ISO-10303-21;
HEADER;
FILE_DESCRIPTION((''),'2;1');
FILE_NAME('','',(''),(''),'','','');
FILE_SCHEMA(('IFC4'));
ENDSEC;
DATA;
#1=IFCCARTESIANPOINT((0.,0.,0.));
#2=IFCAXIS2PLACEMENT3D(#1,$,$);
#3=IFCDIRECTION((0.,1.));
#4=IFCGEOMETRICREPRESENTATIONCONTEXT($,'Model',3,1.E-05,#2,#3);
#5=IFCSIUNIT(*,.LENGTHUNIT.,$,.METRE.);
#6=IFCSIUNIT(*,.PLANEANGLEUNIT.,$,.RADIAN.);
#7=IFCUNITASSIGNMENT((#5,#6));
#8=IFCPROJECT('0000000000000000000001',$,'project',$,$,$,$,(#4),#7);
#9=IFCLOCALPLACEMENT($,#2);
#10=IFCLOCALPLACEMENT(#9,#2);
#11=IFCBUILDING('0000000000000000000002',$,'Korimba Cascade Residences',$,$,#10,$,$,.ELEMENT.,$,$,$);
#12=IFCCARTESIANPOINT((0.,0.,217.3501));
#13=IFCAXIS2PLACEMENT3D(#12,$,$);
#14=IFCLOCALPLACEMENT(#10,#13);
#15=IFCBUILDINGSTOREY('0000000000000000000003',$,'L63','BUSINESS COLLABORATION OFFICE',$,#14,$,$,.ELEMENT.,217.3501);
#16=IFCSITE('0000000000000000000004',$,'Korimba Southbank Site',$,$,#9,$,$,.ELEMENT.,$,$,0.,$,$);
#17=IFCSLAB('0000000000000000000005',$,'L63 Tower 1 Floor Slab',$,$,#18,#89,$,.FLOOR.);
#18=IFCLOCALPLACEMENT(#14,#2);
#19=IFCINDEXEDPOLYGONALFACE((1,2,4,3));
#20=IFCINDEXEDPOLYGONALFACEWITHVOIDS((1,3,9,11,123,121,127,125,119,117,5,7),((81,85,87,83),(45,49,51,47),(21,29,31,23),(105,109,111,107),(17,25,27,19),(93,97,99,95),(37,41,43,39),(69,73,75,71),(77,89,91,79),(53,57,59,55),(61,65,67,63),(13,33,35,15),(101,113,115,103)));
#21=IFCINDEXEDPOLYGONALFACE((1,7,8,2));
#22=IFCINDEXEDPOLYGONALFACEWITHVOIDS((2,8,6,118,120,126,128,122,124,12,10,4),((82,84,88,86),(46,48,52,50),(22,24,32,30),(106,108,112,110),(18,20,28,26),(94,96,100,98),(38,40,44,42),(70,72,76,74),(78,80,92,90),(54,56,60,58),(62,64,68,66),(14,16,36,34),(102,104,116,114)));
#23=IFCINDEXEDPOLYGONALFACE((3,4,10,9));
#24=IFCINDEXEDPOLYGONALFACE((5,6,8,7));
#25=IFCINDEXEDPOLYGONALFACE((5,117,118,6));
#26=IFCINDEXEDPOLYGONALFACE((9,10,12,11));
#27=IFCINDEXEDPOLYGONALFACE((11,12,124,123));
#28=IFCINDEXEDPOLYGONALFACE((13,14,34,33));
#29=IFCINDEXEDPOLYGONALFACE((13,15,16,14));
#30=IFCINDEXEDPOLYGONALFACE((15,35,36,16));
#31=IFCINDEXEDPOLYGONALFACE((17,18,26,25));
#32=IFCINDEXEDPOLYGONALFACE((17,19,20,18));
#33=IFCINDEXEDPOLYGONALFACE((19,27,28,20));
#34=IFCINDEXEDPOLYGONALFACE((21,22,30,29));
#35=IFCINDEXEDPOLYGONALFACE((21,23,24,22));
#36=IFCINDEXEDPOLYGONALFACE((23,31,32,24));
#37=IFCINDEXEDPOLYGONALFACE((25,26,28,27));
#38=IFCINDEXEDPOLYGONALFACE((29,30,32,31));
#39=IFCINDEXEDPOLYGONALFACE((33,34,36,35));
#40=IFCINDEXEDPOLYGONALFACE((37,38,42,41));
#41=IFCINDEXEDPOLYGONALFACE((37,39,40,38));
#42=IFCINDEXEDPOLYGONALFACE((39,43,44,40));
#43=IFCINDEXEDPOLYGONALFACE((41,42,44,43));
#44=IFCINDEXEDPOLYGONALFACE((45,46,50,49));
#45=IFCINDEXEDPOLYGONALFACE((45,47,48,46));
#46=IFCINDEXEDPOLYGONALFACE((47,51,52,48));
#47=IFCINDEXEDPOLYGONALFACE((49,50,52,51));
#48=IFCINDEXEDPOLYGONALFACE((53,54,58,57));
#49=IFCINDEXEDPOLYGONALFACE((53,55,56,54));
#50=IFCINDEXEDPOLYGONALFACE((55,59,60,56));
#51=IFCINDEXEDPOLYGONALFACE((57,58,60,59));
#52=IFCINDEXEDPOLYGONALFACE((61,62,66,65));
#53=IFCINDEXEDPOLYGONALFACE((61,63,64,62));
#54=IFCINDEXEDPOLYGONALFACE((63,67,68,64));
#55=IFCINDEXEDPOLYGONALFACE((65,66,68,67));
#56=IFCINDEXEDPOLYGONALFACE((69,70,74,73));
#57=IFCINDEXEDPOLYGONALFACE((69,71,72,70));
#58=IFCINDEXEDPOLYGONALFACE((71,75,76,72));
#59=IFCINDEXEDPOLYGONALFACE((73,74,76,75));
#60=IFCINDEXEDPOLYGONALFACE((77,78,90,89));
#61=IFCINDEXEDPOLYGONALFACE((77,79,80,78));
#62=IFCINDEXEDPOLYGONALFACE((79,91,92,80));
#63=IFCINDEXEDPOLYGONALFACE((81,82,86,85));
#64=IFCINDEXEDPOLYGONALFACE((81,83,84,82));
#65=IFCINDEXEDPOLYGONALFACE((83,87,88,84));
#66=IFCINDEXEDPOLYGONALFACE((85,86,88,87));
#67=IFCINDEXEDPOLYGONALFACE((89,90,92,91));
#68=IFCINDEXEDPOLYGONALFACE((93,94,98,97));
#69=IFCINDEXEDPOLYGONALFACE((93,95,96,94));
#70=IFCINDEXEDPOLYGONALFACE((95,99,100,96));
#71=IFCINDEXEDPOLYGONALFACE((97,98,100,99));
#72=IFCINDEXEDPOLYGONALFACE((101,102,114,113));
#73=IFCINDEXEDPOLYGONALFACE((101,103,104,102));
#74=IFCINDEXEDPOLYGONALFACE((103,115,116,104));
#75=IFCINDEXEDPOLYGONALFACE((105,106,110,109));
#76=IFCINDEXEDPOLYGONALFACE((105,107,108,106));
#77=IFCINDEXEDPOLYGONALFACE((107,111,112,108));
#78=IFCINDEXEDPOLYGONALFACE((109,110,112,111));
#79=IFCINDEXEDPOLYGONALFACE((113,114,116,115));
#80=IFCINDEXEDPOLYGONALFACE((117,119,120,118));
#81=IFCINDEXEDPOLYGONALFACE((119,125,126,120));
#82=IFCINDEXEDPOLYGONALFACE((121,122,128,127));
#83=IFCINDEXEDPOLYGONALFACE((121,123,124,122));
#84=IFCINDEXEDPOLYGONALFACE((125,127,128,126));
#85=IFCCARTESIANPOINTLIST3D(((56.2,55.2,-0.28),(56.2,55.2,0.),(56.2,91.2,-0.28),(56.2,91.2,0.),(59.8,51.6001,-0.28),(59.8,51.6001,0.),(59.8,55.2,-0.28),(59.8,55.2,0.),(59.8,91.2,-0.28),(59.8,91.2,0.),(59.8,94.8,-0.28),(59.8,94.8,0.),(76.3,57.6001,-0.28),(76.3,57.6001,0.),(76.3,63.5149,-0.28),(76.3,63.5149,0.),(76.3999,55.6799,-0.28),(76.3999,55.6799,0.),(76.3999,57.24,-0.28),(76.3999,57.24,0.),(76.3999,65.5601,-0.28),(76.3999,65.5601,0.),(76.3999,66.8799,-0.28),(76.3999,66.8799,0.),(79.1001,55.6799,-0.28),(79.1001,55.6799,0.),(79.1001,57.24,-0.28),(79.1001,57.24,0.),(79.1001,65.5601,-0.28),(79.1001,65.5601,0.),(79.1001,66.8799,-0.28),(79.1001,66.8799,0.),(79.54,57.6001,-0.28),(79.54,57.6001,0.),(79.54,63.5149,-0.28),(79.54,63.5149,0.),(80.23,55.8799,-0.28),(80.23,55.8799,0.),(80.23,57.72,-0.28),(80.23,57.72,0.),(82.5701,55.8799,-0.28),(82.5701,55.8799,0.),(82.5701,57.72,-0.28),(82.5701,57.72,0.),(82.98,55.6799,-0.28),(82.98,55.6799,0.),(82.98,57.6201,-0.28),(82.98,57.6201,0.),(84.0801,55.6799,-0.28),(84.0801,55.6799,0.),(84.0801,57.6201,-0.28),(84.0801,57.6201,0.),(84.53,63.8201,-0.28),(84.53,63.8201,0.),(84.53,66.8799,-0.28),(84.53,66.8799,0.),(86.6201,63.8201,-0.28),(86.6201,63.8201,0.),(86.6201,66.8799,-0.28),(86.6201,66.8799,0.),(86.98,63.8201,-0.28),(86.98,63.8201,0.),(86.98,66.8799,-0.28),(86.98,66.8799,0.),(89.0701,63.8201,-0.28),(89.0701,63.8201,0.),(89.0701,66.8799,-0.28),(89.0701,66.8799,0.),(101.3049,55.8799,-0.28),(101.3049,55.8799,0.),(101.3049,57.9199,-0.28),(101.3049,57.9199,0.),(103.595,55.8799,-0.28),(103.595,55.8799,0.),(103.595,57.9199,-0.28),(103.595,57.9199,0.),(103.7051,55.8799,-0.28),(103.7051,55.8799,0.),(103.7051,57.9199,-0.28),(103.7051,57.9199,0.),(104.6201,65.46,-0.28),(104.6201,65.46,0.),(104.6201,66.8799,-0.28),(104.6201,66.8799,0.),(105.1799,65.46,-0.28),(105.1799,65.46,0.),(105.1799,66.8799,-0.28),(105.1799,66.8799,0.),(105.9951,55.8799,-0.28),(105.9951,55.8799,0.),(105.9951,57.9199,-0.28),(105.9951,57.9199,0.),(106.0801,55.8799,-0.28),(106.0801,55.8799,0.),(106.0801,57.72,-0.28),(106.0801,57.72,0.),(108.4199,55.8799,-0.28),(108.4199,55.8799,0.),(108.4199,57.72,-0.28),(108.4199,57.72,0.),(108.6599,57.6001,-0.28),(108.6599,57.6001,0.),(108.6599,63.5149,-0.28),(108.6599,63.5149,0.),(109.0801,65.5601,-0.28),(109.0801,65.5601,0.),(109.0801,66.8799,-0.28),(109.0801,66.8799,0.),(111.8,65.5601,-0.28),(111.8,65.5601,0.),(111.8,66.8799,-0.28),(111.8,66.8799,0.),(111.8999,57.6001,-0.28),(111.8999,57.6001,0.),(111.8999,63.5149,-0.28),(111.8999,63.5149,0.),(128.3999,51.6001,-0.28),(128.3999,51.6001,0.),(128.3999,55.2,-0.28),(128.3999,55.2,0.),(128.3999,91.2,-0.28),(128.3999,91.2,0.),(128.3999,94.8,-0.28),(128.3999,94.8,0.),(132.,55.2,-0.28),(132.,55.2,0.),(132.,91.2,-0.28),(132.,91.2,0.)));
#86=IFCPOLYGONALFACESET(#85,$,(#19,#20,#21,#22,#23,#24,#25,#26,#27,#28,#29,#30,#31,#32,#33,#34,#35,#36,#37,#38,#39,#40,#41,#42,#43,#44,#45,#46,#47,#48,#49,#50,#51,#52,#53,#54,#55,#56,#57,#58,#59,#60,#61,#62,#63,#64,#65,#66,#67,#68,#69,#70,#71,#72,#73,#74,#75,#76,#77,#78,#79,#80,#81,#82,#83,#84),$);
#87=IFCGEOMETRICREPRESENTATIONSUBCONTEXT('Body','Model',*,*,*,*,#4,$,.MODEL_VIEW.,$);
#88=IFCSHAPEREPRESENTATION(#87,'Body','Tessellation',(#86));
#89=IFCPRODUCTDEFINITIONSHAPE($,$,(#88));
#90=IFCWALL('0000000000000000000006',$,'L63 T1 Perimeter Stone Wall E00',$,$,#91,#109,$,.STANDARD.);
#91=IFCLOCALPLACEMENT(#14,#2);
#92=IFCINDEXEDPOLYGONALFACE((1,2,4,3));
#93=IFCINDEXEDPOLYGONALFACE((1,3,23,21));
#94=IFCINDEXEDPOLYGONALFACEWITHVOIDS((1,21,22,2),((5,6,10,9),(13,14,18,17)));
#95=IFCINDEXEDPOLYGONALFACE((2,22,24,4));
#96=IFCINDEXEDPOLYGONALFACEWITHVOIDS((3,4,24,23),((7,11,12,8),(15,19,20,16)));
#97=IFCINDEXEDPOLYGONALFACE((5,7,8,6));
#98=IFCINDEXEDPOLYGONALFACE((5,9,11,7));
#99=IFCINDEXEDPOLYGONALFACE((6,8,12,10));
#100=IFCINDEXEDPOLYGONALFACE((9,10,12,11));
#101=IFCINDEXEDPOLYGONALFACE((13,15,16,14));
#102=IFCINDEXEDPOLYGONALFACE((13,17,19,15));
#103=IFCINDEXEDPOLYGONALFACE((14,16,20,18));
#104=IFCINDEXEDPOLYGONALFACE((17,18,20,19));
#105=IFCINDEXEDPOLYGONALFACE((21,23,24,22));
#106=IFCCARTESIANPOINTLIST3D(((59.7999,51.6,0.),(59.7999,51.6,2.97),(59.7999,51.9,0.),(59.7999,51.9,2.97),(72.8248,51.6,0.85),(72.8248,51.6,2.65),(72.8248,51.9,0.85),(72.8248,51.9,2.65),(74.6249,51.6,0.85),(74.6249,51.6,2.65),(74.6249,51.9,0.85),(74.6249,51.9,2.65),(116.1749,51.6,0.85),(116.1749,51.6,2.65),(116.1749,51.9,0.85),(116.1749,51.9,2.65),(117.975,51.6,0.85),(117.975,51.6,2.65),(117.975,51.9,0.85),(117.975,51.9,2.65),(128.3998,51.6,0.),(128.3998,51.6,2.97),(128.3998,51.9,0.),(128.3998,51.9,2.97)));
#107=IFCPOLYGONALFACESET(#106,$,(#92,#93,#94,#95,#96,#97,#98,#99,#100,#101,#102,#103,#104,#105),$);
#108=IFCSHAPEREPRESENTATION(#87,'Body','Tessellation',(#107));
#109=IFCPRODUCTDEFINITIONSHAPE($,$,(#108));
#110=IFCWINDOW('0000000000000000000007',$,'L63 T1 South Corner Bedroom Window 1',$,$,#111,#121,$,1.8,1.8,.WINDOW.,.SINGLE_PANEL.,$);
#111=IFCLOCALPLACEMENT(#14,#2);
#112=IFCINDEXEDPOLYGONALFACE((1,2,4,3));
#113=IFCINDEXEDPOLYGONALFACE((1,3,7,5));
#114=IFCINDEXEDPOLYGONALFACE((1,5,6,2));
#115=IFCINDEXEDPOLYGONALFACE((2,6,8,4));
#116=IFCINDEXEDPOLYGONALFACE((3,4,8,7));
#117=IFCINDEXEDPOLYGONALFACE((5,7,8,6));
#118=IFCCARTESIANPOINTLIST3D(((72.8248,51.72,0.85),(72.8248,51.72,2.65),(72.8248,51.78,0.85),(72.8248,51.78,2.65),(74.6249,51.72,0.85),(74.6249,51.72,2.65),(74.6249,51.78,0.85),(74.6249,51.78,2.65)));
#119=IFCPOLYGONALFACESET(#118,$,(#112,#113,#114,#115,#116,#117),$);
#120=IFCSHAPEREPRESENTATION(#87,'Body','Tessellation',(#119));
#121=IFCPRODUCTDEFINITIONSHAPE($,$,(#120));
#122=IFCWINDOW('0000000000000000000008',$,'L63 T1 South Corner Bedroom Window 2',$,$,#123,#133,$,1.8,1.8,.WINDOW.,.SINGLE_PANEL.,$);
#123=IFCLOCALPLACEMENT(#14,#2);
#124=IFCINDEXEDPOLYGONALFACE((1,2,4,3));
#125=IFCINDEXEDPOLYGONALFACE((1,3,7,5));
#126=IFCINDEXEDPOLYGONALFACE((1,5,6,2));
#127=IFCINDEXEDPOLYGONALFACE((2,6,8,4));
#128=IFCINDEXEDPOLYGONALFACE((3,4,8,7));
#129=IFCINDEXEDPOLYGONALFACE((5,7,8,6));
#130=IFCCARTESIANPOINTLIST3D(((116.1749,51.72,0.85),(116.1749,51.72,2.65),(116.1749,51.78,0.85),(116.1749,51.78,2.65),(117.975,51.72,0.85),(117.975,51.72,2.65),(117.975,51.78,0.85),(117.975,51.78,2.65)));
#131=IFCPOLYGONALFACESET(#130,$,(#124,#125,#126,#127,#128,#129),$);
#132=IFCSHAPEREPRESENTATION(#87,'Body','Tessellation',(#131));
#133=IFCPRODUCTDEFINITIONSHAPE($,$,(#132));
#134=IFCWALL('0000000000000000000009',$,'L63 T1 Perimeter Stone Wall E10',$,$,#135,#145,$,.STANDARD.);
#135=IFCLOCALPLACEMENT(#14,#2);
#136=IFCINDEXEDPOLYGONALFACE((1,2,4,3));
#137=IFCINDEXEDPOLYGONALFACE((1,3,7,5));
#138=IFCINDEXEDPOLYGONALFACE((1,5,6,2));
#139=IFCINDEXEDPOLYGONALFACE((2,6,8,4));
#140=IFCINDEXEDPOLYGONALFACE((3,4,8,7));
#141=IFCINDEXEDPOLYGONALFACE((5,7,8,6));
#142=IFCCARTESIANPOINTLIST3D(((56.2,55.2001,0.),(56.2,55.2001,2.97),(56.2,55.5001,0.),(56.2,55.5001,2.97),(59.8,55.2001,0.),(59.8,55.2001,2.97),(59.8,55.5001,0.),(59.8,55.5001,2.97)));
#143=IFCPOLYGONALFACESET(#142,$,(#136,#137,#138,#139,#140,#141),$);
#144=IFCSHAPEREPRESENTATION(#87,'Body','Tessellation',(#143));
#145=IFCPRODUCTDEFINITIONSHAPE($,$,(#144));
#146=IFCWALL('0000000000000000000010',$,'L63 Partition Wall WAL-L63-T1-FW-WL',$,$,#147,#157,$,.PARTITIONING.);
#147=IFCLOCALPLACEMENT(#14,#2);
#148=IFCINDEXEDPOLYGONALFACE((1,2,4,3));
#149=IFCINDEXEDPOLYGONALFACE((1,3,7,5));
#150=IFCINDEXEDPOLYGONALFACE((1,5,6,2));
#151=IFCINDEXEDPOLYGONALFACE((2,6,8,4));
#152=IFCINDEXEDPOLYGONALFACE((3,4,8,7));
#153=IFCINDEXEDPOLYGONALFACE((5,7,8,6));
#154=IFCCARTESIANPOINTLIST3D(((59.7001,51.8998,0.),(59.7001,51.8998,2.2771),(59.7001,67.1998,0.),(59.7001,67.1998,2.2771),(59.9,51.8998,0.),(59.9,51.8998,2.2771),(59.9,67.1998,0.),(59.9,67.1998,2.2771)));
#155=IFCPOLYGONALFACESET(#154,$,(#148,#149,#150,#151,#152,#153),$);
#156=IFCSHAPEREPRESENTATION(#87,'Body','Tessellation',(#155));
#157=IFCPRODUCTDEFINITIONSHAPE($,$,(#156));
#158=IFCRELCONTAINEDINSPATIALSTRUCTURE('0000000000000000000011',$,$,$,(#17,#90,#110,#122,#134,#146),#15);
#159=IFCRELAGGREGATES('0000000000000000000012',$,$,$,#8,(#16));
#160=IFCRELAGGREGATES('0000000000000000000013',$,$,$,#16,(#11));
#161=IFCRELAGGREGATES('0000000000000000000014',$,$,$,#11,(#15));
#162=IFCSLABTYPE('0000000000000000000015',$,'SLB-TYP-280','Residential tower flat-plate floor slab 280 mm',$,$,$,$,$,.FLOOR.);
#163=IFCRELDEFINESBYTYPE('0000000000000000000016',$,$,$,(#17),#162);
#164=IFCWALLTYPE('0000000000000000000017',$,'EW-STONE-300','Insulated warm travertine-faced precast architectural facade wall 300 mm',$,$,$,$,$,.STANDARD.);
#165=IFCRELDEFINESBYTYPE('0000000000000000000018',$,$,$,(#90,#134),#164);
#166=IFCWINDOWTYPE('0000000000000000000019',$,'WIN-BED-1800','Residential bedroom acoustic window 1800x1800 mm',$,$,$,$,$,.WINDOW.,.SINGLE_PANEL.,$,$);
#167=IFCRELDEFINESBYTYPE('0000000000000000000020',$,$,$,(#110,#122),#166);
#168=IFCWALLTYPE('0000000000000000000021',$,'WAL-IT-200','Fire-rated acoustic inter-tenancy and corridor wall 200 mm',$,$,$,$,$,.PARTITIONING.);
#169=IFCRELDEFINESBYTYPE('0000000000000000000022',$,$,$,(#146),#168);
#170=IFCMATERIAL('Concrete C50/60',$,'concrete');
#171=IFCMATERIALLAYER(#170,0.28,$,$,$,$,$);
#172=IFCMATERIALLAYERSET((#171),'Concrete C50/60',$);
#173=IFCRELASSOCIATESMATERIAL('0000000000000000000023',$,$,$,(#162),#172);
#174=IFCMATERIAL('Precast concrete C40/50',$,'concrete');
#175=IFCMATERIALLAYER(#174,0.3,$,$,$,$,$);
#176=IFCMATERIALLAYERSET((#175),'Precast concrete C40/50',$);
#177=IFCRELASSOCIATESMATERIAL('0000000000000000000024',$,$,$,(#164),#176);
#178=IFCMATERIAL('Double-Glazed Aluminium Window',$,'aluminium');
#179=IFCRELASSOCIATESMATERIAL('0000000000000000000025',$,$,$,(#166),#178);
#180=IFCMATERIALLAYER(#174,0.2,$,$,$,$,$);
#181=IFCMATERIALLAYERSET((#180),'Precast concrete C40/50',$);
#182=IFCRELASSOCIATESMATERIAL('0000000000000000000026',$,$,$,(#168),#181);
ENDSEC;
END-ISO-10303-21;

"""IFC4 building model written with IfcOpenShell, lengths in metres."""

from ifc_helpers import new_model, si_unit, direction, frame, frame_2d, origin, place, context, subcontext, project, spatial, polyline, rectangle, outline, extrude, material, layer, layer_set, type_object, element, fill, save


model = new_model("IFC4")

# Units and contexts
model_context = context("Model", 3, precision=1e-05, world=origin(), true_north=direction((0.0, 1.0)))
body_context = subcontext(model_context, "Body", "Model", "MODEL_VIEW")
ifc_project = project(units=[si_unit("LENGTHUNIT", "METRE"), si_unit("PLANEANGLEUNIT", "RADIAN")], contexts=[model_context])

# Site, building, storey
site_placement = place(None, origin())
site = spatial("IfcSite", under=ifc_project, at=site_placement, Name="Korimba Southbank Site", CompositionType="ELEMENT", RefElevation=0.0)
building_placement = place(site_placement, origin())
building = spatial("IfcBuilding", under=site, at=building_placement, Name="Korimba Cascade Residences", CompositionType="ELEMENT")
storey_placement = place(building_placement, frame((0.0, 0.0, 217.3501)))
storey = spatial("IfcBuildingStorey", under=building, at=storey_placement, Name="L63", Description="BUSINESS COLLABORATION OFFICE", CompositionType="ELEMENT", Elevation=217.3501)

# Shared definitions
ifc_material_1 = material(Name="Concrete C50/60", Category="concrete")

# Shared definitions
ifc_material_2 = material(Name="Precast concrete C40/50", Category="concrete")

# Shared definitions
ifc_material_3 = material(Name="Double-Glazed Aluminium Window", Category="aluminium")

# Slab
ifc_layer_1 = layer(ifc_material_1, 0.28)
ifc_layer_set_1 = layer_set([ifc_layer_1], Name="Concrete C50/60")
slab_type_1 = type_object("IfcSlabType", Name="SLB-TYP-280", Description="Residential tower flat-plate floor slab 280 mm", PredefinedType="FLOOR", material=ifc_layer_set_1)
slab_1_placement = place(storey_placement, frame((0.0, 0.0, -0.28)))
element("IfcSlab", 1, at=slab_1_placement, inside=storey, type_object=slab_type_1, Name="L63 Tower 1 Floor Slab", PredefinedType="FLOOR", context=body_context, shape_type="SweptSolid", body=[
    extrude(outline(polyline([(59.8, 51.6001), (128.3999, 51.6001), (128.3999, 55.2), (132.0, 55.2), (132.0, 91.2), (128.3999, 91.2), (128.3999, 94.8), (59.8, 94.8), (59.8, 91.2), (56.2, 91.2), (56.2, 55.2), (59.8, 55.2), (59.8, 51.6001)]), holes=[polyline([(76.3, 63.5149), (76.3, 57.6001), (79.54, 57.6001), (79.54, 63.5149), (76.3, 63.5149)]), polyline([(108.6599, 63.5149), (108.6599, 57.6001), (111.8999, 57.6001), (111.8999, 63.5149), (108.6599, 63.5149)]), polyline([(80.23, 55.8799), (82.5701, 55.8799), (82.5701, 57.72), (80.23, 57.72), (80.23, 55.8799)]), polyline([(106.0801, 55.8799), (108.4199, 55.8799), (108.4199, 57.72), (106.0801, 57.72), (106.0801, 55.8799)]), polyline([(101.3049, 55.8799), (103.595, 55.8799), (103.595, 57.9199), (101.3049, 57.9199), (101.3049, 55.8799)]), polyline([(103.7051, 55.8799), (105.9951, 55.8799), (105.9951, 57.9199), (103.7051, 57.9199), (103.7051, 55.8799)]), polyline([(82.98, 55.6799), (84.0801, 55.6799), (84.0801, 57.6201), (82.98, 57.6201), (82.98, 55.6799)]), polyline([(76.3999, 65.5601), (79.1001, 65.5601), (79.1001, 66.8799), (76.3999, 66.8799), (76.3999, 65.5601)]), polyline([(76.3999, 55.6799), (79.1001, 55.6799), (79.1001, 57.24), (76.3999, 57.24), (76.3999, 55.6799)]), polyline([(84.53, 63.8201), (86.6201, 63.8201), (86.6201, 66.8799), (84.53, 66.8799), (84.53, 63.8201)]), polyline([(86.98, 63.8201), (89.0701, 63.8201), (89.0701, 66.8799), (86.98, 66.8799), (86.98, 63.8201)]), polyline([(104.6201, 65.46), (105.1799, 65.46), (105.1799, 66.8799), (104.6201, 66.8799), (104.6201, 65.46)]), polyline([(109.0801, 65.5601), (111.8, 65.5601), (111.8, 66.8799), (109.0801, 66.8799), (109.0801, 65.5601)])]), origin(), (0.0, 0.0, 1.0), 0.28),
])

# Wall, openings, windows
ifc_layer_2 = layer(ifc_material_2, 0.3)
ifc_layer_set_2 = layer_set([ifc_layer_2], Name="Precast concrete C40/50")
wall_type_1 = type_object("IfcWallType", Name="EW-STONE-300", Description="Insulated warm travertine-faced precast architectural facade wall 300 mm", PredefinedType="STANDARD", material=ifc_layer_set_2)
wall_1_placement = place(storey_placement, frame((59.8, 51.75, 0.0), z_axis=(0.0, 0.0, 1.0), x_axis=(1.0, 0.0, 0.0)))
wall_1 = element("IfcWall", 2, at=wall_1_placement, inside=storey, type_object=wall_type_1, Name="L63 T1 Perimeter Stone Wall E00", PredefinedType="STANDARD", context=body_context, shape_type="SweptSolid", body=[
    extrude(rectangle(XDim=68.5999, YDim=0.3, at=frame_2d((34.2998, 0.0))), origin(), (0.0, 0.0, 1.0), 2.97),
])
opening_1_placement = place(wall_1_placement, frame((13.0249, 0.0, 0.8501)))
opening_1 = element("IfcOpeningElement", 3, at=opening_1_placement, cuts=wall_1, PredefinedType="OPENING", context=body_context, shape_type="SweptSolid", body=[
    extrude(rectangle(XDim=1.8, YDim=1.8, at=frame_2d((0.8999, 0.8999))), frame((0.0, 0.1602, 0.0), z_axis=(0.0, -1.0, 0.0), x_axis=(1.0, 0.0, 0.0)), (0.0, 0.0, 1.0), 0.3201),
])
opening_2_placement = place(wall_1_placement, frame((56.375, 0.0, 0.8501)))
opening_2 = element("IfcOpeningElement", 4, at=opening_2_placement, cuts=wall_1, PredefinedType="OPENING", context=body_context, shape_type="SweptSolid", body=[
    extrude(rectangle(XDim=1.8, YDim=1.8, at=frame_2d((0.8999, 0.8999))), frame((0.0, 0.1602, 0.0), z_axis=(0.0, -1.0, 0.0), x_axis=(1.0, 0.0, 0.0)), (0.0, 0.0, 1.0), 0.3201),
])
window_type_1 = type_object("IfcWindowType", Name="WIN-BED-1800", Description="Residential bedroom acoustic window 1800x1800 mm", PartitioningType="SINGLE_PANEL", PredefinedType="WINDOW", material=ifc_material_3)
window_1_placement = place(opening_1_placement, origin())
window_1 = element("IfcWindow", 5, at=window_1_placement, inside=storey, type_object=window_type_1, Name="L63 T1 South Corner Bedroom Window 1", OverallHeight=1.8, OverallWidth=1.8, PartitioningType="SINGLE_PANEL", PredefinedType="WINDOW", context=body_context, shape_type="SweptSolid", body=[
    extrude(rectangle(XDim=1.8, YDim=1.8, at=frame_2d((0.8999, 0.8999))), frame((0.0, 0.03, 0.0), z_axis=(0.0, -1.0, 0.0), x_axis=(1.0, 0.0, 0.0)), (0.0, 0.0, 1.0), 0.0601),
])
fill(opening_1, window_1)
window_2_placement = place(opening_2_placement, origin())
window_2 = element("IfcWindow", 6, at=window_2_placement, inside=storey, type_object=window_type_1, Name="L63 T1 South Corner Bedroom Window 2", OverallHeight=1.8, OverallWidth=1.8, PartitioningType="SINGLE_PANEL", PredefinedType="WINDOW", context=body_context, shape_type="SweptSolid", body=[
    extrude(rectangle(XDim=1.8, YDim=1.8, at=frame_2d((0.8999, 0.8999))), frame((0.0, 0.03, 0.0), z_axis=(0.0, -1.0, 0.0), x_axis=(1.0, 0.0, 0.0)), (0.0, 0.0, 1.0), 0.0601),
])
fill(opening_2, window_2)

# Walls
wall_2_placement = place(storey_placement, frame((56.2, 55.3501, 0.0), z_axis=(0.0, 0.0, 1.0), x_axis=(1.0, 0.0, 0.0)))
element("IfcWall", 7, at=wall_2_placement, inside=storey, type_object=wall_type_1, Name="L63 T1 Perimeter Stone Wall E10", PredefinedType="STANDARD", context=body_context, shape_type="SweptSolid", body=[
    extrude(rectangle(XDim=3.6001, YDim=0.3, at=frame_2d((1.8, 0.0))), origin(), (0.0, 0.0, 1.0), 2.97),
])
ifc_layer_3 = layer(ifc_material_2, 0.2)
ifc_layer_set_3 = layer_set([ifc_layer_3], Name="Precast concrete C40/50")
wall_type_2 = type_object("IfcWallType", Name="WAL-IT-200", Description="Fire-rated acoustic inter-tenancy and corridor wall 200 mm", PredefinedType="PARTITIONING", material=ifc_layer_set_3)
wall_3_placement = place(storey_placement, frame((59.8, 51.8999, 0.0), z_axis=(0.0, 0.0, 1.0), x_axis=(0.0, 1.0, 0.0)))
element("IfcWall", 8, at=wall_3_placement, inside=storey, type_object=wall_type_2, Name="L63 Partition Wall WAL-L63-T1-FW-WL", PredefinedType="PARTITIONING", context=body_context, shape_type="SweptSolid", body=[
    extrude(rectangle(XDim=15.3, YDim=0.2, at=frame_2d((7.6499, 0.0))), origin(), (0.0, 0.0, 1.0), 2.2771),
])

save(model, "model.ifc")
